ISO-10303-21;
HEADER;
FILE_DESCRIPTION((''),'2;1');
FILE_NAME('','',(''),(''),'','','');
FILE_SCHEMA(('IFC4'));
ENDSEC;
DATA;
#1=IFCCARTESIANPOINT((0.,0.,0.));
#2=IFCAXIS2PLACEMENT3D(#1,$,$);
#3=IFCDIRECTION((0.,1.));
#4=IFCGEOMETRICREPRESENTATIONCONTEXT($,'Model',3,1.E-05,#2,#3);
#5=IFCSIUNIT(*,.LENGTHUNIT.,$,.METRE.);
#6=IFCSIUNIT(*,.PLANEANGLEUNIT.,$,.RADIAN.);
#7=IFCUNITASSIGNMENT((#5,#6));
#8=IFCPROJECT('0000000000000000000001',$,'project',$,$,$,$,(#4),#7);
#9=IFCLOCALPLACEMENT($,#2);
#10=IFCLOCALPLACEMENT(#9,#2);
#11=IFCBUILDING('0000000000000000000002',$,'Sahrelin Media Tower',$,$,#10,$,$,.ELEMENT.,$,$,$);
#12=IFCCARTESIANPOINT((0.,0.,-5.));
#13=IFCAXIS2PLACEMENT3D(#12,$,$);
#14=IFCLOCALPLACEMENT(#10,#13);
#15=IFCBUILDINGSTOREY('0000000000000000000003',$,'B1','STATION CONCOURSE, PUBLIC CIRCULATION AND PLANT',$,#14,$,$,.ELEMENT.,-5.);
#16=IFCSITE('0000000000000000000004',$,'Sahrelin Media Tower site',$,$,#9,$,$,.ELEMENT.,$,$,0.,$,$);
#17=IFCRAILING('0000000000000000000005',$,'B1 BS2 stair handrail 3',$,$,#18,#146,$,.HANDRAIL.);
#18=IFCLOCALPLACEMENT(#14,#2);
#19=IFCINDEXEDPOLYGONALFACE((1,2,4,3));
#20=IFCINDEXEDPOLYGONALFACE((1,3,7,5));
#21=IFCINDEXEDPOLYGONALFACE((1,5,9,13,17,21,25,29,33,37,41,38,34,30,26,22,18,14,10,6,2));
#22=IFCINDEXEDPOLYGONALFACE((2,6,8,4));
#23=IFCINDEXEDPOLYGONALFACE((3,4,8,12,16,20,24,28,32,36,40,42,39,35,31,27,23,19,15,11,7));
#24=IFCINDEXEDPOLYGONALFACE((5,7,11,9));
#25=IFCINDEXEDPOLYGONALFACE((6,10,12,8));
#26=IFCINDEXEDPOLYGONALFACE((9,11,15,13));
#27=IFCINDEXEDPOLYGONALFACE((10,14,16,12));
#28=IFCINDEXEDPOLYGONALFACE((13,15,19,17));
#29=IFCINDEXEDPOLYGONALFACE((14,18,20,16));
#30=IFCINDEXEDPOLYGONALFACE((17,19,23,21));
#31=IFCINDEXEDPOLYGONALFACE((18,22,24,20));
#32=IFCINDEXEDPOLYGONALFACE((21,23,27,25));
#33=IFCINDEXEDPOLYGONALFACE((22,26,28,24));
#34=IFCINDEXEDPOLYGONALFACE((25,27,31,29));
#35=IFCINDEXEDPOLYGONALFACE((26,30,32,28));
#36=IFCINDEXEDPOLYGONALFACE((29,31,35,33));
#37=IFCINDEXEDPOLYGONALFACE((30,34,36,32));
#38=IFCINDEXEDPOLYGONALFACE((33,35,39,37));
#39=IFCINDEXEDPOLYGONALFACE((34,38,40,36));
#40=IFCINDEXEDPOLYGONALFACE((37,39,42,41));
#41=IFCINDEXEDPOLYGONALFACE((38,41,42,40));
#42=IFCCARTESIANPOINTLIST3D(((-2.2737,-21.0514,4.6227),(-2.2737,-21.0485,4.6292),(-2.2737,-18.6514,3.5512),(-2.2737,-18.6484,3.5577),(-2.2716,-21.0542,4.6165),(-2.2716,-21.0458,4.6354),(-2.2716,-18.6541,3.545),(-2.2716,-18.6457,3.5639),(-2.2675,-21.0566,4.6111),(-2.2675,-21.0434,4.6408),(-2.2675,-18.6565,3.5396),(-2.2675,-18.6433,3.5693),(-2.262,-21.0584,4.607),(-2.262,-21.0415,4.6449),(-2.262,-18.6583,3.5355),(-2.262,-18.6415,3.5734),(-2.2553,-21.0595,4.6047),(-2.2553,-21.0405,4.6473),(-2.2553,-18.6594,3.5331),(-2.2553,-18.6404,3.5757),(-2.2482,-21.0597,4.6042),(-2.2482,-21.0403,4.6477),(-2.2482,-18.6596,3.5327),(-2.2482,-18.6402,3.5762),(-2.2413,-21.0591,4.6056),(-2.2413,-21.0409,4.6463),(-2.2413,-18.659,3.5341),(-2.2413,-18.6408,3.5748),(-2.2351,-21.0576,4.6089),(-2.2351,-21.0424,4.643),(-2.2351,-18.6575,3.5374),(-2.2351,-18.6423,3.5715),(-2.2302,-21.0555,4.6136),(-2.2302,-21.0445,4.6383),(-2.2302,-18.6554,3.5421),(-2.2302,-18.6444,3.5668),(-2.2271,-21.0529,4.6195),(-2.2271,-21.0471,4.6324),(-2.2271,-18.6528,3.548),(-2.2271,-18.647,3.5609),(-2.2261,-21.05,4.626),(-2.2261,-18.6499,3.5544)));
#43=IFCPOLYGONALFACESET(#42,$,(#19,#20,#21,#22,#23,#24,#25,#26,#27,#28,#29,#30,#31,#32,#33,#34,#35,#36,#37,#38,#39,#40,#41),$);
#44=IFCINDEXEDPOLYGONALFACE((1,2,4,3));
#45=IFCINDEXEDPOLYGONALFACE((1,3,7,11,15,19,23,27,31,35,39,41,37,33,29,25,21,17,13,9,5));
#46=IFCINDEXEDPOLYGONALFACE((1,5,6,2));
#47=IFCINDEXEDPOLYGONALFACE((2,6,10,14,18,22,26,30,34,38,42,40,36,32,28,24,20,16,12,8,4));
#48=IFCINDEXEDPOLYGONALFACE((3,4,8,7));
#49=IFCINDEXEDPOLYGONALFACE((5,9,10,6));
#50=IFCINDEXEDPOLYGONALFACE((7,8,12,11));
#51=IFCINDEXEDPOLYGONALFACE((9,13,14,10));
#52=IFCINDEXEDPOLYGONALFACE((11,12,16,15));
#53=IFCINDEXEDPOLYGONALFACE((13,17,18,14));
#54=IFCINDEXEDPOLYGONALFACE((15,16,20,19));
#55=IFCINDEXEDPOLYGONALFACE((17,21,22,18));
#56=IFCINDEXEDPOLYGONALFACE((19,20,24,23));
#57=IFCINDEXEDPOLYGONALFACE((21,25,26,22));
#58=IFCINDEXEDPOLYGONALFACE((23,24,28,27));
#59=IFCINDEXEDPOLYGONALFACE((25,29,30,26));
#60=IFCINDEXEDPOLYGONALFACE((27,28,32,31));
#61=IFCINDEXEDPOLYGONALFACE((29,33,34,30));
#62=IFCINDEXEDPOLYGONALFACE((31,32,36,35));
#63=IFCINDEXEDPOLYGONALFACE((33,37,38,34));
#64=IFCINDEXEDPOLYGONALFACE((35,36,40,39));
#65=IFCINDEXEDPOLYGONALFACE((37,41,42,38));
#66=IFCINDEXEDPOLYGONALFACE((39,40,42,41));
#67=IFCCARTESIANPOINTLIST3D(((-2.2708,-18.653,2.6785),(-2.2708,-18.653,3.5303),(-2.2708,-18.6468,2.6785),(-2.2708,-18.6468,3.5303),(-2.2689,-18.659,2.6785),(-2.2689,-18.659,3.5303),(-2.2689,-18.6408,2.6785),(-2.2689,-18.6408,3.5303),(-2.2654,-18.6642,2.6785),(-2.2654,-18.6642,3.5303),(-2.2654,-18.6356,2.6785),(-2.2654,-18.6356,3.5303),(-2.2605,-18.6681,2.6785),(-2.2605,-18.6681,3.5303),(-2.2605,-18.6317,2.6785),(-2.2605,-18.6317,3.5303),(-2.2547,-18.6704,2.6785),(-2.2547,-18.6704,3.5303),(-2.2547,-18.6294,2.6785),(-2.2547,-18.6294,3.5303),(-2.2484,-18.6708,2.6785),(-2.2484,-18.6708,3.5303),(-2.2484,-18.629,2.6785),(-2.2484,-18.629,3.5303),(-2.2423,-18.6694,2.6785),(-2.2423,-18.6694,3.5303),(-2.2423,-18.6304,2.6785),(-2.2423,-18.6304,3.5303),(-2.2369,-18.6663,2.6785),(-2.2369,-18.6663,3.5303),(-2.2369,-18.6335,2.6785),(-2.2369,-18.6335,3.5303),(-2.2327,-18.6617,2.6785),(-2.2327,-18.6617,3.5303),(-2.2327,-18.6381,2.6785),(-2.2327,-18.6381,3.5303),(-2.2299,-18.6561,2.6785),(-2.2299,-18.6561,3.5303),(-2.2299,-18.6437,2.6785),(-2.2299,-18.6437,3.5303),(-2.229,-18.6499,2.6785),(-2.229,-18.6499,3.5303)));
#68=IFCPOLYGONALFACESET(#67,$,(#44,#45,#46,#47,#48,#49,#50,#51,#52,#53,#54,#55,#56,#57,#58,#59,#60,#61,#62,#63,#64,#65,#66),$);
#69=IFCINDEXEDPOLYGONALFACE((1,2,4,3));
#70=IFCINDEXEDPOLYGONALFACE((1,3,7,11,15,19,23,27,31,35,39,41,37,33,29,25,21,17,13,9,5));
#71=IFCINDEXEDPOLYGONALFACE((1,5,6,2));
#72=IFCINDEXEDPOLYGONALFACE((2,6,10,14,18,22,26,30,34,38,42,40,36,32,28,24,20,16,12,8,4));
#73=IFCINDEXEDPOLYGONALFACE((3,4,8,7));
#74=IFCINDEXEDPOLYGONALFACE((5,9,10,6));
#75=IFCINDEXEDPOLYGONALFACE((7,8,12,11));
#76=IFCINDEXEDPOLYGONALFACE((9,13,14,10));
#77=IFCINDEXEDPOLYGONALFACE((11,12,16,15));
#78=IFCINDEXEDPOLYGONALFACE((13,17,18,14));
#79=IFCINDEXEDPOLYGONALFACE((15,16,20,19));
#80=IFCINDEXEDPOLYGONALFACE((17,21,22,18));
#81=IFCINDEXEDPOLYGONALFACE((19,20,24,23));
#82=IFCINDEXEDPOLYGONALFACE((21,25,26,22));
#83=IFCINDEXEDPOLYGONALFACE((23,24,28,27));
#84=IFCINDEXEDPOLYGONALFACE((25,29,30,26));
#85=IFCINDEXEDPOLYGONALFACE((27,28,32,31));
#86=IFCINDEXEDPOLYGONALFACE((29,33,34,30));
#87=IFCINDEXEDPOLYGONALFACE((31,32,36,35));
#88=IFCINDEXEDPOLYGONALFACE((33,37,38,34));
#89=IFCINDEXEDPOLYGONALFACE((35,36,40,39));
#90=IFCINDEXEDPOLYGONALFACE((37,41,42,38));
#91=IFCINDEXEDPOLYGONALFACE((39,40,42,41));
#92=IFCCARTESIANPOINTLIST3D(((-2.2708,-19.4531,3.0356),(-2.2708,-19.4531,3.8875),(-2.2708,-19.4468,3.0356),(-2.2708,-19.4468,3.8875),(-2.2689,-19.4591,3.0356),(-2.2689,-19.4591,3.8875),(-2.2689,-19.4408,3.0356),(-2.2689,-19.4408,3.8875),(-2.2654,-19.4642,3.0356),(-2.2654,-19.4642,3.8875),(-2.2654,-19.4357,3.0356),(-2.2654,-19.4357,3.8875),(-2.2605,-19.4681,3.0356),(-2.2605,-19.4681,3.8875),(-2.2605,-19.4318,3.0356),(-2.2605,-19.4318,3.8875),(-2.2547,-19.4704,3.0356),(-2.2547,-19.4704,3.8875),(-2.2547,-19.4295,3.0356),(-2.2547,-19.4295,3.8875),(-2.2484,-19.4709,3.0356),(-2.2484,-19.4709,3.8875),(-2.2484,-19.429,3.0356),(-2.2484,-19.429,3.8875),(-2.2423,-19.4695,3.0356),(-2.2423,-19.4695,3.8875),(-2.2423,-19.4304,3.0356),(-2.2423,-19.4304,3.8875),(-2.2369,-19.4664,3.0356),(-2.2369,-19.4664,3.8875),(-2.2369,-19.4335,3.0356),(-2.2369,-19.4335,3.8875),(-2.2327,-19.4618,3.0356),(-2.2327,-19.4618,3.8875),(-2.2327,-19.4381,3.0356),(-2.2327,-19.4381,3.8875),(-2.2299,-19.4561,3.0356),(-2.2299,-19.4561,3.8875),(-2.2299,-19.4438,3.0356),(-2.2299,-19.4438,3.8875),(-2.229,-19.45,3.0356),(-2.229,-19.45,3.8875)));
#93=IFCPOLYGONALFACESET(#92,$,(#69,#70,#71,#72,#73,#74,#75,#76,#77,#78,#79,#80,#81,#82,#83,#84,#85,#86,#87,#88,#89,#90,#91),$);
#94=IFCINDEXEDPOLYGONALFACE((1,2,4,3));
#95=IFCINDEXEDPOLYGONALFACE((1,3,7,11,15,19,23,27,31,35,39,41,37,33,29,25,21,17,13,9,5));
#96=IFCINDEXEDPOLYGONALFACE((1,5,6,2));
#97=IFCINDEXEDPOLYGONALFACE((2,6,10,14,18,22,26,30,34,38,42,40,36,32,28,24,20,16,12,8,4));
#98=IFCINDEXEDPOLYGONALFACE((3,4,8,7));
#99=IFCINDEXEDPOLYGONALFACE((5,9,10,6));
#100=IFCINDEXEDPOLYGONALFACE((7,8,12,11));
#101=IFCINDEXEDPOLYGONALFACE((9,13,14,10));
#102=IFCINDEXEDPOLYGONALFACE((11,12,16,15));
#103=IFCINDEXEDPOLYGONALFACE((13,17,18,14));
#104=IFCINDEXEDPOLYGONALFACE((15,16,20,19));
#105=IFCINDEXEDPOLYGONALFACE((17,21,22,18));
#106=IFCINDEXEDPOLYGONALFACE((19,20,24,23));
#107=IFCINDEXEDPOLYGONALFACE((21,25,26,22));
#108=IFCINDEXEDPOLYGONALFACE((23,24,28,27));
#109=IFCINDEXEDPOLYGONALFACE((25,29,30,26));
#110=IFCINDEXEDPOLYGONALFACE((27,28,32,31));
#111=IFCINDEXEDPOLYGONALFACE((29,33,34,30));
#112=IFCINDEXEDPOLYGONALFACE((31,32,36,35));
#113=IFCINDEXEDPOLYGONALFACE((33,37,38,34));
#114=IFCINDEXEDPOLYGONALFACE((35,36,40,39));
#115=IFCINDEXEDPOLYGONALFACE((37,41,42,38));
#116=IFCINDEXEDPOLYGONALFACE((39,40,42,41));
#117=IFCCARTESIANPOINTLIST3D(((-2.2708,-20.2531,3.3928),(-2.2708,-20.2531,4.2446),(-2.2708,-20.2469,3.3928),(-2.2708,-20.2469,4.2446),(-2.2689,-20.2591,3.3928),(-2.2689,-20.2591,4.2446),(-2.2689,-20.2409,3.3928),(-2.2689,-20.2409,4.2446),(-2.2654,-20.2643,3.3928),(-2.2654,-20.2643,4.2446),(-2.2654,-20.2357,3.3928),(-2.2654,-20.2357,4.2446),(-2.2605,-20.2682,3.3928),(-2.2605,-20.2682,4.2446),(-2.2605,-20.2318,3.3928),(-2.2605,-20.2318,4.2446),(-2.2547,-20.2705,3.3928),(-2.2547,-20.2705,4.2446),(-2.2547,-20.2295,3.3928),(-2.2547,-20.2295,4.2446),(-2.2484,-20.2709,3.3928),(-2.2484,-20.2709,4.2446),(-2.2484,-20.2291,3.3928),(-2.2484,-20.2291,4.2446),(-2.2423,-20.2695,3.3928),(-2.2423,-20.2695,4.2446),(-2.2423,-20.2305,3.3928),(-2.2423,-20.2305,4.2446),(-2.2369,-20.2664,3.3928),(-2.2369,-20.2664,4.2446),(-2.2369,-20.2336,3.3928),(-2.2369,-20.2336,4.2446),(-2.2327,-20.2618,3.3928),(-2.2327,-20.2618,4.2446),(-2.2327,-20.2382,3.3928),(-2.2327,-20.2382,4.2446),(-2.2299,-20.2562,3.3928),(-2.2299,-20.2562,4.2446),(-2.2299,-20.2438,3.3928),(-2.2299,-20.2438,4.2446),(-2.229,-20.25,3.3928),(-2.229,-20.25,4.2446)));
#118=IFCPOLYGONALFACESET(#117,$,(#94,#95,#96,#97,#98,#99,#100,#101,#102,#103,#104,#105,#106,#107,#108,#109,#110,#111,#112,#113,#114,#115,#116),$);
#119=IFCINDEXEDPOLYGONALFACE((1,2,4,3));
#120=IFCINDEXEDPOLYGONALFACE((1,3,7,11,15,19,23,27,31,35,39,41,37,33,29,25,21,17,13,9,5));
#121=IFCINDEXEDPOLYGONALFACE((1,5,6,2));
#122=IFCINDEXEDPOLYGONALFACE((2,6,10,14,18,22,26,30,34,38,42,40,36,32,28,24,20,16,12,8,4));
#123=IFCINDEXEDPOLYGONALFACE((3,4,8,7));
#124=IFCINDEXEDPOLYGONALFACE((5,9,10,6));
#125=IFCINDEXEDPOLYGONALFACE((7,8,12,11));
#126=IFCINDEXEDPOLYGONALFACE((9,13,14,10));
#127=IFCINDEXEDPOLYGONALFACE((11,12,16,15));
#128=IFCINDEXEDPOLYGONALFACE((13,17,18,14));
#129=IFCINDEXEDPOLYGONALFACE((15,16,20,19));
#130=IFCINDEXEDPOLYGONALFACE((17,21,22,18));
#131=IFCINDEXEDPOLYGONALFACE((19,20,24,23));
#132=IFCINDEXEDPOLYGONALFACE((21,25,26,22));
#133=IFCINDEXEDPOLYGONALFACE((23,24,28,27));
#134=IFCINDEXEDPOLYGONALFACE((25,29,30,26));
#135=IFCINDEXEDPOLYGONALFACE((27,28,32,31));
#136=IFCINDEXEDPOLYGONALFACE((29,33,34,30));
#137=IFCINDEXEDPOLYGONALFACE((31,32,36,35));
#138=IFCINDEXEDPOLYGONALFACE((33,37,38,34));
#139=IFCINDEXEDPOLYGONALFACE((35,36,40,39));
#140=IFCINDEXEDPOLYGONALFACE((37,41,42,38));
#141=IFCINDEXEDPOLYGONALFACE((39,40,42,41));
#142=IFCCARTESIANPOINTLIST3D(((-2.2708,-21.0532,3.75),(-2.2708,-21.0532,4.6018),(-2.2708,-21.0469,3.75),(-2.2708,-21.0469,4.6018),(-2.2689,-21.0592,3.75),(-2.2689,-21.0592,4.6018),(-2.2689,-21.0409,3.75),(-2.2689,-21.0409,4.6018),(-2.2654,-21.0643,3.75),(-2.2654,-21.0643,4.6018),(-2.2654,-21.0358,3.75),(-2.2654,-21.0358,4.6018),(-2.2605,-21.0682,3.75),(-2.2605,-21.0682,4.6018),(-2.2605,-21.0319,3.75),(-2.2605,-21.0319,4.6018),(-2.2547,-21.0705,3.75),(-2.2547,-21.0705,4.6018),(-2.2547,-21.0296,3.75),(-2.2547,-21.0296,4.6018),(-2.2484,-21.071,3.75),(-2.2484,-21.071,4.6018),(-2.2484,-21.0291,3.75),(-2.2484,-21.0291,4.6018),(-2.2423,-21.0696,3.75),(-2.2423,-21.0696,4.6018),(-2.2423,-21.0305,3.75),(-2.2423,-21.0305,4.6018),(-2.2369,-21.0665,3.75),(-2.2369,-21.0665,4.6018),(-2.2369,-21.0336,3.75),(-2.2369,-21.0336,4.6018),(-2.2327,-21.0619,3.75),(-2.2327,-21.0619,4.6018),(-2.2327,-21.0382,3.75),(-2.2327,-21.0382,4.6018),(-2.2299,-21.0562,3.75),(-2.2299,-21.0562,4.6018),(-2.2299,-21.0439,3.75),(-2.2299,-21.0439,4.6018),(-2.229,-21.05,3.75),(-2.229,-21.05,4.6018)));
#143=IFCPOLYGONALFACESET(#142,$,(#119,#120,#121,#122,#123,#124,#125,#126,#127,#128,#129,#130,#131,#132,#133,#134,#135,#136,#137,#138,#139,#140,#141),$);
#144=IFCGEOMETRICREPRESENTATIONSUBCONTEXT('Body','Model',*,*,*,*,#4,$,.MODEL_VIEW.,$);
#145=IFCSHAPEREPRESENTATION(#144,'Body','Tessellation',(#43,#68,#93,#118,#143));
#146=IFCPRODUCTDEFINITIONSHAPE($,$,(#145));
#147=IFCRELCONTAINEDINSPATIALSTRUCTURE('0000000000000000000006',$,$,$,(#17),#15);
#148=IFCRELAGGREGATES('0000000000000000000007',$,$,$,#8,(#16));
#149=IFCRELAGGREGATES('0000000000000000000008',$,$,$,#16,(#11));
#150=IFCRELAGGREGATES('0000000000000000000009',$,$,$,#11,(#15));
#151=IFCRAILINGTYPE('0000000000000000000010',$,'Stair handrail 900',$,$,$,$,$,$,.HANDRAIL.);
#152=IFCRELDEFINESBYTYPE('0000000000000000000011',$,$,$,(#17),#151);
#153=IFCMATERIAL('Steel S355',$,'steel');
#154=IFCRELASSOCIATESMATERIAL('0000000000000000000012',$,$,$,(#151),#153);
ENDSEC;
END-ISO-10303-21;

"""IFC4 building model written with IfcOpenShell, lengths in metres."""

from ifc_helpers import new_model, si_unit, direction, frame, origin, origin_2d, place, context, subcontext, project, spatial, circle, extrude, material, type_object, element, save


model = new_model("IFC4")

# Units and contexts
model_context = context("Model", 3, precision=1e-05, world=origin(), true_north=direction((0.0, 1.0)))
body_context = subcontext(model_context, "Body", "Model", "MODEL_VIEW")
ifc_project = project(units=[si_unit("LENGTHUNIT", "METRE"), si_unit("PLANEANGLEUNIT", "RADIAN")], contexts=[model_context])

# Site, building, storey
site_placement = place(None, origin())
site = spatial("IfcSite", under=ifc_project, at=site_placement, Name="Sahrelin Media Tower site", CompositionType="ELEMENT", RefElevation=0.0)
building_placement = place(site_placement, origin())
building = spatial("IfcBuilding", under=site, at=building_placement, Name="Sahrelin Media Tower", CompositionType="ELEMENT")
storey_placement = place(building_placement, frame((0.0, 0.0, -5.0)))
storey = spatial("IfcBuildingStorey", under=building, at=storey_placement, Name="B1", Description="STATION CONCOURSE, PUBLIC CIRCULATION AND PLANT", CompositionType="ELEMENT", Elevation=-5.0)

# Railing
ifc_material_1 = material(Name="Steel S355", Category="steel")
railing_type_1 = type_object("IfcRailingType", Name="Stair handrail 900", PredefinedType="HANDRAIL", material=ifc_material_1)
for number, where, name in (
    (1, (-2.25, -18.6499, 2.6785), "B1 BS2 stair handrail 3"),
):
    element("IfcRailing", number, at=place(storey_placement, frame(where)), inside=storey, type_object=railing_type_1, Name=name, PredefinedType="HANDRAIL", context=body_context, shape_type="SweptSolid", body=[
        extrude(circle(Radius=0.0239, at=origin_2d()), frame((0.0, 0.0, 0.876), z_axis=(0.0, -0.913132, 0.407663), x_axis=(1.0, 0.0, 0.0)), (0.0, 0.0, 1.0), 2.6284),
        extrude(circle(Radius=0.021, at=origin_2d()), origin(), (0.0, 0.0, 1.0), 0.8518),
        extrude(circle(Radius=0.021, at=origin_2d()), frame((0.0, -0.8, 0.3572)), (0.0, 0.0, 1.0), 0.8518),
        extrude(circle(Radius=0.021, at=origin_2d()), frame((0.0, -1.6001, 0.7144)), (0.0, 0.0, 1.0), 0.8518),
        extrude(circle(Radius=0.021, at=origin_2d()), frame((0.0, -2.4001, 1.0715)), (0.0, 0.0, 1.0), 0.8518),
    ])

save(model, "model.ifc")
